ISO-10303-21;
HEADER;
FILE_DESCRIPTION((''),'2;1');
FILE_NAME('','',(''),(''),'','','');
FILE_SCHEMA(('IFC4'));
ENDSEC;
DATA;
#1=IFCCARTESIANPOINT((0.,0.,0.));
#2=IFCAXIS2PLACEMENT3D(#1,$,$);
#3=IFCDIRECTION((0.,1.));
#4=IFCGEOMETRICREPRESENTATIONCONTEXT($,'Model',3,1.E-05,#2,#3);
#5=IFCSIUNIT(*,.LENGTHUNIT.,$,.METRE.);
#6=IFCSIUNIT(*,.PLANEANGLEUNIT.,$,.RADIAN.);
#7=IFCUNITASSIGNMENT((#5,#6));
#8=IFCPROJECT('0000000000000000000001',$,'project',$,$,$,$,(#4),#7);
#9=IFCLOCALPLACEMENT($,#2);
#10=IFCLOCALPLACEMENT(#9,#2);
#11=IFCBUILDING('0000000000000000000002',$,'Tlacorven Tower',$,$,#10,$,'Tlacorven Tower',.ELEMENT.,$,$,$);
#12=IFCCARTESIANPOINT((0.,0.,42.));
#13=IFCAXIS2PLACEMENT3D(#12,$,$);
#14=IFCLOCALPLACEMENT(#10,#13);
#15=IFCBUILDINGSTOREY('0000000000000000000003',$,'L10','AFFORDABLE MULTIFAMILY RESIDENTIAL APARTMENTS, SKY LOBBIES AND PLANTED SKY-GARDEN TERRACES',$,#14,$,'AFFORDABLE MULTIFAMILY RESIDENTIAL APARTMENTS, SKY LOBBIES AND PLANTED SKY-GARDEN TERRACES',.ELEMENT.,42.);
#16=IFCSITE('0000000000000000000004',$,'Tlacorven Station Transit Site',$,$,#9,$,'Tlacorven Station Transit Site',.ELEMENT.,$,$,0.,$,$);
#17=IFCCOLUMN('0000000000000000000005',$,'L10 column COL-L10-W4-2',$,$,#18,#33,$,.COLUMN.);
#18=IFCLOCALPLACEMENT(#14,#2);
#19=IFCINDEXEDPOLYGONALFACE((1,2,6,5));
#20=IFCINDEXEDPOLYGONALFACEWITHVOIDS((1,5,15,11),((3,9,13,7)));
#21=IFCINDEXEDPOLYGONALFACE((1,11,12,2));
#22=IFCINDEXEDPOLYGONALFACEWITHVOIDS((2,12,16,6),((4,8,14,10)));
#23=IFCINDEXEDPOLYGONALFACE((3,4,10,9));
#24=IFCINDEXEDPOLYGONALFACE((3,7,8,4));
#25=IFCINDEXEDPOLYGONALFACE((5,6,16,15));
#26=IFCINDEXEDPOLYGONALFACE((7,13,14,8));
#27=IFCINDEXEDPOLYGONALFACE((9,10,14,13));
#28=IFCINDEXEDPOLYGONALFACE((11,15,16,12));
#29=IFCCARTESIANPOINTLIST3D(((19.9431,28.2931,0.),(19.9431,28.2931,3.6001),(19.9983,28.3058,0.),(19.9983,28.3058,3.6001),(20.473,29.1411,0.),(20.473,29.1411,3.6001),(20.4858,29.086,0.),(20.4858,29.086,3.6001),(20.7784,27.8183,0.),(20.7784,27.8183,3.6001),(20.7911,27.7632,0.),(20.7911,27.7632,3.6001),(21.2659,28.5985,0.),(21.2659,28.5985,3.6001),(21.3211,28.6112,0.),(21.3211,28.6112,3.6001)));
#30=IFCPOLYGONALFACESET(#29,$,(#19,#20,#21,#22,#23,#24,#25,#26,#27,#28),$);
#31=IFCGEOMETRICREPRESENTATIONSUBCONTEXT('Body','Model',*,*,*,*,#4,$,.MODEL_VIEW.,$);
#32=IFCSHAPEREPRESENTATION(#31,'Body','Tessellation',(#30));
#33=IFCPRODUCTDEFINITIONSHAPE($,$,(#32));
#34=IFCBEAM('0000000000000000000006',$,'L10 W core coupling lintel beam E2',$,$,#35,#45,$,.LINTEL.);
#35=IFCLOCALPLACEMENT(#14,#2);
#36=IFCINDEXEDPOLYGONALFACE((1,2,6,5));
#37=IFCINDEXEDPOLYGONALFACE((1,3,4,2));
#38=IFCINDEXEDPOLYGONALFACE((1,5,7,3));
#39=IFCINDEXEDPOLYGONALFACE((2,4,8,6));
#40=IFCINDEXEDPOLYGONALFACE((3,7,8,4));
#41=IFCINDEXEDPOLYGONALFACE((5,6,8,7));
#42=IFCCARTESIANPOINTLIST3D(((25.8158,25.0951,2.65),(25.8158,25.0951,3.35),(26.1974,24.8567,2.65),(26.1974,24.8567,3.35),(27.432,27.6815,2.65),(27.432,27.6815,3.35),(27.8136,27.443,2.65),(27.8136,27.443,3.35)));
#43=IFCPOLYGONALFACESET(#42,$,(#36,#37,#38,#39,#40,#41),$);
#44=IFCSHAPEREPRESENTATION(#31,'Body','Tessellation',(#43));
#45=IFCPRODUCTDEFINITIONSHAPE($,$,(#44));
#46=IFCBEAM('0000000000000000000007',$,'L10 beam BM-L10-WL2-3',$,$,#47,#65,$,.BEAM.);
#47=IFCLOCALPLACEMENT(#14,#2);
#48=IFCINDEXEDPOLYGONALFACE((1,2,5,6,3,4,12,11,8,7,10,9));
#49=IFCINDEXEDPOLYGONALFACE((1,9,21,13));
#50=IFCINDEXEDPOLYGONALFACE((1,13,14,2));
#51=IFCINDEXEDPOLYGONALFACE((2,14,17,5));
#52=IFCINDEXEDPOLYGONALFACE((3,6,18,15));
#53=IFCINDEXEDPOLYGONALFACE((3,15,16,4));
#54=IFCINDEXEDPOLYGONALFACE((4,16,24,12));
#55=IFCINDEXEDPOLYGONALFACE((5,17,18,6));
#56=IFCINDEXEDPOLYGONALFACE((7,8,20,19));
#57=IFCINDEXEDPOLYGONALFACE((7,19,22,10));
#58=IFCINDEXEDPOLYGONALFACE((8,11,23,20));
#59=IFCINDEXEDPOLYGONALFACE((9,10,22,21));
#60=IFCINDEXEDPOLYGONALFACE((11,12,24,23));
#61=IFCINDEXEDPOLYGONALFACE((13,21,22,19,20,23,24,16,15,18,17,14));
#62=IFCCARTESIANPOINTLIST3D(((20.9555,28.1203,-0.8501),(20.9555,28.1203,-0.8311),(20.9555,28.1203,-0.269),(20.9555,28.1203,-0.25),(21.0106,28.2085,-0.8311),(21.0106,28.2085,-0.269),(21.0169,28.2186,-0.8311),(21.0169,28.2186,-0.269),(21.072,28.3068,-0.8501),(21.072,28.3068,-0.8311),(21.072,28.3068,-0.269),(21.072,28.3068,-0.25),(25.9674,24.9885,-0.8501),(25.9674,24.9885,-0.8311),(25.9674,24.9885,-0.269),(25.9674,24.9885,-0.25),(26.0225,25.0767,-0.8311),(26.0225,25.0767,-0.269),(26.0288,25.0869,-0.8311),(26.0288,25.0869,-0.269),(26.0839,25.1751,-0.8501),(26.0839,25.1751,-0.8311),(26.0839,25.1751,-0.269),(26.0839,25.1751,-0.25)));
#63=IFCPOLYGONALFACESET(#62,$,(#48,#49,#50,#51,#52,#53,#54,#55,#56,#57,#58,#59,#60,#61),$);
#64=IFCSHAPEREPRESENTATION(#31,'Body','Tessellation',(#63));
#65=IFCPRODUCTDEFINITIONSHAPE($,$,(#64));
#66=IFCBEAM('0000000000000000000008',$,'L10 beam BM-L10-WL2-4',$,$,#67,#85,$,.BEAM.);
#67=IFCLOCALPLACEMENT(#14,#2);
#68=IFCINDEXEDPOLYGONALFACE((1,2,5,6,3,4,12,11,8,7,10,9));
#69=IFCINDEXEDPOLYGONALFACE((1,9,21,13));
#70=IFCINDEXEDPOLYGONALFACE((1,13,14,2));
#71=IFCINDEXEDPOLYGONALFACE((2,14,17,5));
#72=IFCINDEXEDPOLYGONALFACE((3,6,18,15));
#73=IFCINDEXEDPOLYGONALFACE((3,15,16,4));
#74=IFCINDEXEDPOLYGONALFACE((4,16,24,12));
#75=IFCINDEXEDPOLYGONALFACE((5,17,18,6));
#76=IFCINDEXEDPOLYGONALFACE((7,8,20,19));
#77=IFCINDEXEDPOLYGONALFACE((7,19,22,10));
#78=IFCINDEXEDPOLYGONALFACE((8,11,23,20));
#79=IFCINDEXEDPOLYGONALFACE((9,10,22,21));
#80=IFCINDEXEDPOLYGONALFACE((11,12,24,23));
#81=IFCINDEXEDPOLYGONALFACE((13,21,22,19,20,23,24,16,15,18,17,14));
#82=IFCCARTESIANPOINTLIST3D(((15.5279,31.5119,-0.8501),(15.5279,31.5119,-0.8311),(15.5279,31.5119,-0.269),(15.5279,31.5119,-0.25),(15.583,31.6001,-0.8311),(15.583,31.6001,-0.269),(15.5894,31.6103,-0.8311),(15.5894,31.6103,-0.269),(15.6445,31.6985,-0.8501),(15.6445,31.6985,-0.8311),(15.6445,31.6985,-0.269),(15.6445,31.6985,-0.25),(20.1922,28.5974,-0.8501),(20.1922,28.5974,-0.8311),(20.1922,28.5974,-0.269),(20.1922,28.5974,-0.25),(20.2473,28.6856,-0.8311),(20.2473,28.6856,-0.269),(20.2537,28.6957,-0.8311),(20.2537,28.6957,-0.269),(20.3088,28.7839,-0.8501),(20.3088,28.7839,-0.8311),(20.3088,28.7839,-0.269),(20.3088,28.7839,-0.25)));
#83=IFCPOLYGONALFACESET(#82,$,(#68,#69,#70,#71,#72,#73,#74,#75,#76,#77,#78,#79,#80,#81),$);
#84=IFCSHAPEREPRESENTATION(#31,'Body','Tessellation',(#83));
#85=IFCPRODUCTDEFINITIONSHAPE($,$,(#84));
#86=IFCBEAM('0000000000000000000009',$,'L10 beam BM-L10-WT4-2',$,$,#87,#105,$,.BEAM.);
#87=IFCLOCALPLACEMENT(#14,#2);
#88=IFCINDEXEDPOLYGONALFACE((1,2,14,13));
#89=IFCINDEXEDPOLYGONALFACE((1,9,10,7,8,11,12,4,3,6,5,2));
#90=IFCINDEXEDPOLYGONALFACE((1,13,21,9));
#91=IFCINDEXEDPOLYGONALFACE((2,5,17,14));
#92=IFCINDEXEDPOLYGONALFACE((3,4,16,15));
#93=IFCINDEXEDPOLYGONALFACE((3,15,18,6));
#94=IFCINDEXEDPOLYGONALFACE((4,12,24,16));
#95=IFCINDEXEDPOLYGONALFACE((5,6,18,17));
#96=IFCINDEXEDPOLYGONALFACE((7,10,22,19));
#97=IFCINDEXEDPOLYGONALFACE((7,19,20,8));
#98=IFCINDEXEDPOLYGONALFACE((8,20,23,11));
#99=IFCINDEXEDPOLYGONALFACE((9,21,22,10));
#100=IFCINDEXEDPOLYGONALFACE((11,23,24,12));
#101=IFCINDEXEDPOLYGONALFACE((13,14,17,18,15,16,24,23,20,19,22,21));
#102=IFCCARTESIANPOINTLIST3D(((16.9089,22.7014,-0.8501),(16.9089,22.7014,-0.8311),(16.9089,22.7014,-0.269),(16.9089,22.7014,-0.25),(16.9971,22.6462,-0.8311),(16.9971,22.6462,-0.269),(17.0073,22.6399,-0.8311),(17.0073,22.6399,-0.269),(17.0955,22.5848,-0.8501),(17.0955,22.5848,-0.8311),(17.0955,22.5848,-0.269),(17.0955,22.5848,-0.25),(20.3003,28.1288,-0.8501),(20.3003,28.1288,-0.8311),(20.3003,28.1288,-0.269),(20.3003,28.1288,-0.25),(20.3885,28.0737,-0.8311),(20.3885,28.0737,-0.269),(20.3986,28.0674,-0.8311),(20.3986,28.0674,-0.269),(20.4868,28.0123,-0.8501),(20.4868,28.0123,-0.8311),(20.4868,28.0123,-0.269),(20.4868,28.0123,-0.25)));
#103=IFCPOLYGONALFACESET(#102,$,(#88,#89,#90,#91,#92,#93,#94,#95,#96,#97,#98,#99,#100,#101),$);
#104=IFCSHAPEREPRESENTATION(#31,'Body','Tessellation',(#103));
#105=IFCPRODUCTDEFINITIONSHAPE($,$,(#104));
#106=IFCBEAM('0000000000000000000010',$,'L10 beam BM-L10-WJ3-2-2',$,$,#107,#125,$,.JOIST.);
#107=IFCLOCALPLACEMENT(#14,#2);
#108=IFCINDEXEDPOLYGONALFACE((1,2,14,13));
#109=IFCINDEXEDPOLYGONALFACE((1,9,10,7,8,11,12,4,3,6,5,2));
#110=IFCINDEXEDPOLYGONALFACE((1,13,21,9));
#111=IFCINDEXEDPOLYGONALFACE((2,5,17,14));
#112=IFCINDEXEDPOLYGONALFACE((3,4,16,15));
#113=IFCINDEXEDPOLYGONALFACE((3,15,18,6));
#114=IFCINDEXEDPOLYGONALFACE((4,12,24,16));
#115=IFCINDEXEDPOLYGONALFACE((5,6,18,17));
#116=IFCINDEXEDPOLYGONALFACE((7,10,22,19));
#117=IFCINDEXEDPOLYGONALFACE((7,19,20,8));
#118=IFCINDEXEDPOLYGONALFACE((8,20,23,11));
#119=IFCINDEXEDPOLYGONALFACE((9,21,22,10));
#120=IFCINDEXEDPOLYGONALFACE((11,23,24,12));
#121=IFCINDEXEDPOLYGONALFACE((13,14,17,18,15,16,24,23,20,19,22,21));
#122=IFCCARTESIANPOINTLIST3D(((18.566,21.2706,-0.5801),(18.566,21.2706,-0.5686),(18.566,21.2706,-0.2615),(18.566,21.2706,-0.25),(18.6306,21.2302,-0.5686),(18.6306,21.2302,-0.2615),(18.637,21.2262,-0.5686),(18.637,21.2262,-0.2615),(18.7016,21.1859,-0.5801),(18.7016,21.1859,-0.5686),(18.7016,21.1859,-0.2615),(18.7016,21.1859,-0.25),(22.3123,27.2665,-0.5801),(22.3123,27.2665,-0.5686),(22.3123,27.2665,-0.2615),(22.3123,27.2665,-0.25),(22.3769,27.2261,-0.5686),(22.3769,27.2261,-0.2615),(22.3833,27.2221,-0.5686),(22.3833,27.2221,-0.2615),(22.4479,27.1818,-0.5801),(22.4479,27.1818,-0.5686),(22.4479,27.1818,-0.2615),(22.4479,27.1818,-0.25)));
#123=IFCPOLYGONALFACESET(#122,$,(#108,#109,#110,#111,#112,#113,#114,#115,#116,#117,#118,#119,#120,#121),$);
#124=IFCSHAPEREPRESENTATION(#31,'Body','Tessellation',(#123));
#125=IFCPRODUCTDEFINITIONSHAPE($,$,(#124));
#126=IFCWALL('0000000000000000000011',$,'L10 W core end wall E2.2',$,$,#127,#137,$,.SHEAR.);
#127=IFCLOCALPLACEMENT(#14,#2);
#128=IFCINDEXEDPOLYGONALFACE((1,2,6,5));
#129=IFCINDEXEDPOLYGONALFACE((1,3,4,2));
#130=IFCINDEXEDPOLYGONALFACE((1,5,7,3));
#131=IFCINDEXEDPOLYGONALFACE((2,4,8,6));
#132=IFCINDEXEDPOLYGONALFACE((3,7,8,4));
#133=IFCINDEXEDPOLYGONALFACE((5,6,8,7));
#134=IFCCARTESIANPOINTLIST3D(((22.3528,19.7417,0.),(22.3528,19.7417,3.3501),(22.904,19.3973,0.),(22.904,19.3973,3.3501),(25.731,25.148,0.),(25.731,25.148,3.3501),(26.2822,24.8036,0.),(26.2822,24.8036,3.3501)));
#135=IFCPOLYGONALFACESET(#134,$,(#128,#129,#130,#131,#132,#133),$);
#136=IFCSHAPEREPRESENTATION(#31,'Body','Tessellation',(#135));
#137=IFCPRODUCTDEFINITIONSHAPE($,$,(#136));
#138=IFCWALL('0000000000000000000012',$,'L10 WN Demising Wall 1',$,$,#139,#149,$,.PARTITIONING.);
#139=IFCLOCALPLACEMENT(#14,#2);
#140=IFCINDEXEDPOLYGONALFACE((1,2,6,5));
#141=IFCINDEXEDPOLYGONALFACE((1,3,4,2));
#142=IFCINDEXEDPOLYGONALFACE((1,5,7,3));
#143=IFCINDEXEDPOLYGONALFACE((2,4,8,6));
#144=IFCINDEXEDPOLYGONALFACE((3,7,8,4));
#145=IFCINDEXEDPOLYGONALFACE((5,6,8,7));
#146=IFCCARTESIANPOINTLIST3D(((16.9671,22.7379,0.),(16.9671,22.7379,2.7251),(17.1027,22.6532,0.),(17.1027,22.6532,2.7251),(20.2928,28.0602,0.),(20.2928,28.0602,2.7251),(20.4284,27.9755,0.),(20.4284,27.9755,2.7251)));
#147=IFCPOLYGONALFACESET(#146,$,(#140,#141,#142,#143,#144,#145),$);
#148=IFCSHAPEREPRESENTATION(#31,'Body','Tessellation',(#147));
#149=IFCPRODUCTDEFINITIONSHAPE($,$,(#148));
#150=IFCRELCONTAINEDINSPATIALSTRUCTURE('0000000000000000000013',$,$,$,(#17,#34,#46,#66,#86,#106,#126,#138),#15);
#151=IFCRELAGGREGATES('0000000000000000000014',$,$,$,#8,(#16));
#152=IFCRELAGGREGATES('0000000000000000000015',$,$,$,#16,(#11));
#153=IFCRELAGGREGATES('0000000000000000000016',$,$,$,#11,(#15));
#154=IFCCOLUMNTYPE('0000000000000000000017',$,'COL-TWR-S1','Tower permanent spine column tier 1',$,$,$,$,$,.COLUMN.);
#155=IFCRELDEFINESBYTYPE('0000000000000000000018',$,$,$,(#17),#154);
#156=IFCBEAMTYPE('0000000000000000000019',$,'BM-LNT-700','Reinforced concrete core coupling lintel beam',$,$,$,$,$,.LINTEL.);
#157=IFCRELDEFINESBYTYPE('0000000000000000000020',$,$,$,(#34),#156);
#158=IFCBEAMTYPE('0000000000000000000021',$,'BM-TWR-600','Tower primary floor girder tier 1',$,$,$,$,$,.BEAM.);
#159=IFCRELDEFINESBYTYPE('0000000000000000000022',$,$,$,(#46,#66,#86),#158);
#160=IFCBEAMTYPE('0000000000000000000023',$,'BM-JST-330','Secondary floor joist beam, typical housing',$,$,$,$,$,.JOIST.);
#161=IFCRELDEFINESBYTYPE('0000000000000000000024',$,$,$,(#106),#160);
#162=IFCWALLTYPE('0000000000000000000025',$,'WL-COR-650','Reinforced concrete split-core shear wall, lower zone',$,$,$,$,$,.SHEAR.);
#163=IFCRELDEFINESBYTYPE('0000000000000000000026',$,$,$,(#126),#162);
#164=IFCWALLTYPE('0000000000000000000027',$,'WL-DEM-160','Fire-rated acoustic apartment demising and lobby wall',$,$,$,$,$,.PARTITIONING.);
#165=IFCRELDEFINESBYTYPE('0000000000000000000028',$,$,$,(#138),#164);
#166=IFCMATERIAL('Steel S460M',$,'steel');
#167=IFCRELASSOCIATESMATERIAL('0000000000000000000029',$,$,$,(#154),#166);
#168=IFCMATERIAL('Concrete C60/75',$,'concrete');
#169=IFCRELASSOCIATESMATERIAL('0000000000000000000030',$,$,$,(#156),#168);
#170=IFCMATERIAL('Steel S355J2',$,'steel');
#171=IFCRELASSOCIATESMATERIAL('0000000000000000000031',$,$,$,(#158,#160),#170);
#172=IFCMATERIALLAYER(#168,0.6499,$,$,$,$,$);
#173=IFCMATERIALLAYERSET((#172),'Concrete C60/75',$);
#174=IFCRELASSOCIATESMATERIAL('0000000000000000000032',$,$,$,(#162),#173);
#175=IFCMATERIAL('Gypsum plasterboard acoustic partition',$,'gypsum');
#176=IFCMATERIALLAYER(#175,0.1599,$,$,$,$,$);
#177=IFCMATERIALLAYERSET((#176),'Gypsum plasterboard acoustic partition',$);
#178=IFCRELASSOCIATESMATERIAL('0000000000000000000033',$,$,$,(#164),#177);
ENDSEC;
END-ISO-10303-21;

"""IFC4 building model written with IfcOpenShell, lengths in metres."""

from ifc_helpers import new_model, si_unit, direction, frame, frame_2d, origin, origin_2d, place, context, subcontext, project, spatial, rectangle, hollow_rectangle, i_section, extrude, source, transform, mapped, material, layer, layer_set, material_profile, profile_set, type_object, element, save


model = new_model("IFC4")

# Units and contexts
model_context = context("Model", 3, precision=1e-05, world=origin(), true_north=direction((0.0, 1.0)))
body_context = subcontext(model_context, "Body", "Model", "MODEL_VIEW")
ifc_project = project(units=[si_unit("LENGTHUNIT", "METRE"), si_unit("PLANEANGLEUNIT", "RADIAN")], contexts=[model_context])

# Site, building, storey
site_placement = place(None, origin())
site = spatial("IfcSite", under=ifc_project, at=site_placement, Name="Tlacorven Station Transit Site", LongName="Tlacorven Station Transit Site", CompositionType="ELEMENT", RefElevation=0.0)
building_placement = place(site_placement, origin())
building = spatial("IfcBuilding", under=site, at=building_placement, Name="Tlacorven Tower", LongName="Tlacorven Tower", CompositionType="ELEMENT")
storey_placement = place(building_placement, frame((0.0, 0.0, 42.0)))
storey = spatial("IfcBuildingStorey", under=building, at=storey_placement, Name="L10", Description="AFFORDABLE MULTIFAMILY RESIDENTIAL APARTMENTS, SKY LOBBIES AND PLANTED SKY-GARDEN TERRACES", LongName="AFFORDABLE MULTIFAMILY RESIDENTIAL APARTMENTS, SKY LOBBIES AND PLANTED SKY-GARDEN TERRACES", CompositionType="ELEMENT", Elevation=42.0)

# Column
ifc_material_1 = material(Name="Steel S460M", Category="steel")
ifc_material_profile_1 = material_profile(ifc_material_1, hollow_rectangle(XDim=1.0, YDim=1.0, WallThickness=0.04, at=origin_2d()), Name="BOX 1000X1000X40")
ifc_profile_set_1 = profile_set([ifc_material_profile_1], Name="Steel S460M")
column_type = type_object("IfcColumnType", Name="COL-TWR-S1", Description="Tower permanent spine column tier 1", PredefinedType="COLUMN", material=ifc_profile_set_1)
shared_shape_1 = source(origin(), body_context, "Body", "SweptSolid", [
    extrude(hollow_rectangle(XDim=1.0, YDim=1.0, WallThickness=0.04, at=origin_2d()), origin(), (0.0, 0.0, 1.0), 3.6001),
])
column_placement = place(storey_placement, frame((20.6321, 28.4521, 0.0), z_axis=(0.0, 0.0, 1.0), x_axis=(-0.848048, 0.529919, 0.0)))
element("IfcColumn", 1, at=column_placement, inside=storey, type_object=column_type, Name="L10 column COL-L10-W4-2", PredefinedType="COLUMN", context=body_context, shape_type="MappedRepresentation", body=[
    mapped(shared_shape_1, transform((0.0, 0.0, 0.0), scale=1.0)),
])

# Beams
ifc_material_2 = material(Name="Concrete C60/75", Category="concrete")
ifc_material_profile_2 = material_profile(ifc_material_2, rectangle(XDim=0.45, YDim=0.7, at=origin_2d()), Name="RC 450X700")
ifc_profile_set_2 = profile_set([ifc_material_profile_2], Name="Concrete C60/75")
beam_type_1 = type_object("IfcBeamType", Name="BM-LNT-700", Description="Reinforced concrete core coupling lintel beam", PredefinedType="LINTEL", material=ifc_profile_set_2)
shared_shape_2 = source(origin(), body_context, "Body", "SweptSolid", [
    extrude(rectangle(XDim=0.45, YDim=0.7, at=origin_2d()), origin(), (0.0, 0.0, 1.0), 3.0498),
])
beam_1_placement = place(storey_placement, frame((27.6228, 27.5623, 3.0), z_axis=(-0.529927, -0.848043, 0.0), x_axis=(0.848043, -0.529927, 0.0)))
element("IfcBeam", 2, at=beam_1_placement, inside=storey, type_object=beam_type_1, Name="L10 W core coupling lintel beam E2", PredefinedType="LINTEL", context=body_context, shape_type="MappedRepresentation", body=[
    mapped(shared_shape_2, transform((0.0, 0.0, 0.0), scale=1.0)),
])
ifc_material_3 = material(Name="Steel S355J2", Category="steel")
ifc_material_profile_3 = material_profile(ifc_material_3, i_section(OverallWidth=0.22, OverallDepth=0.6001, WebThickness=0.012, FlangeThickness=0.019, at=origin_2d()), Name="IPE 600")
ifc_profile_set_3 = profile_set([ifc_material_profile_3], Name="Steel S355J2")
beam_type_2 = type_object("IfcBeamType", Name="BM-TWR-600", Description="Tower primary floor girder tier 1", PredefinedType="BEAM", material=ifc_profile_set_3)
shared_shape_3 = source(origin(), body_context, "Body", "SweptSolid", [
    extrude(i_section(OverallWidth=0.22, OverallDepth=0.6001, WebThickness=0.012, FlangeThickness=0.019, at=origin_2d()), origin(), (0.0, 0.0, 1.0), 5.9099),
])
beam_2_placement = place(storey_placement, frame((26.0256, 25.0818, -0.55), z_axis=(-0.848047, 0.529921, 0.0), x_axis=(-0.529921, -0.848047, 0.0)))
element("IfcBeam", 3, at=beam_2_placement, inside=storey, type_object=beam_type_2, Name="L10 beam BM-L10-WL2-3", PredefinedType="BEAM", context=body_context, shape_type="MappedRepresentation", body=[
    mapped(shared_shape_3, transform((0.0, 0.0, 0.0), scale=1.0)),
])
shared_shape_4 = source(origin(), body_context, "Body", "SweptSolid", [
    extrude(i_section(OverallWidth=0.22, OverallDepth=0.6001, WebThickness=0.012, FlangeThickness=0.019, at=origin_2d()), origin(), (0.0, 0.0, 1.0), 5.5),
])
beam_3_placement = place(storey_placement, frame((20.2505, 28.6907, -0.55), z_axis=(-0.848051, 0.529915, 0.0), x_axis=(-0.529915, -0.848051, 0.0)))
element("IfcBeam", 4, at=beam_3_placement, inside=storey, type_object=beam_type_2, Name="L10 beam BM-L10-WL2-4", PredefinedType="BEAM", context=body_context, shape_type="MappedRepresentation", body=[
    mapped(shared_shape_4, transform((0.0, 0.0, 0.0), scale=1.0)),
])
shared_shape_5 = source(origin(), body_context, "Body", "SweptSolid", [
    extrude(i_section(OverallWidth=0.22, OverallDepth=0.6001, WebThickness=0.012, FlangeThickness=0.019, at=origin_2d()), origin(), (0.0, 0.0, 1.0), 6.3999),
])
beam_4_placement = place(storey_placement, frame((20.3936, 28.0706, -0.55), z_axis=(-0.529906, -0.848056, 0.0), x_axis=(0.848056, -0.529906, 0.0)))
element("IfcBeam", 5, at=beam_4_placement, inside=storey, type_object=beam_type_2, Name="L10 beam BM-L10-WT4-2", PredefinedType="BEAM", context=body_context, shape_type="MappedRepresentation", body=[
    mapped(shared_shape_5, transform((0.0, 0.0, 0.0), scale=1.0)),
])
ifc_material_profile_4 = material_profile(ifc_material_3, i_section(OverallWidth=0.1599, OverallDepth=0.3301, WebThickness=0.0076, FlangeThickness=0.0115, at=origin_2d()), Name="IPE 330")
ifc_profile_set_4 = profile_set([ifc_material_profile_4], Name="Steel S355J2")
beam_type_3 = type_object("IfcBeamType", Name="BM-JST-330", Description="Secondary floor joist beam, typical housing", PredefinedType="JOIST", material=ifc_profile_set_4)
shared_shape_6 = source(origin(), body_context, "Body", "SweptSolid", [
    extrude(i_section(OverallWidth=0.1599, OverallDepth=0.3301, WebThickness=0.0076, FlangeThickness=0.0115, at=origin_2d()), origin(), (0.0, 0.0, 1.0), 7.0701),
])
beam_5_placement = place(storey_placement, frame((22.3801, 27.2241, -0.415), z_axis=(-0.52989, -0.848066, 0.0), x_axis=(0.848066, -0.52989, 0.0)))
element("IfcBeam", 6, at=beam_5_placement, inside=storey, type_object=beam_type_3, Name="L10 beam BM-L10-WJ3-2-2", PredefinedType="JOIST", context=body_context, shape_type="MappedRepresentation", body=[
    mapped(shared_shape_6, transform((0.0, 0.0, 0.0), scale=1.0)),
])

# Walls
ifc_layer_1 = layer(ifc_material_2, 0.6499)
ifc_layer_set_1 = layer_set([ifc_layer_1], Name="Concrete C60/75")
wall_type_1 = type_object("IfcWallType", Name="WL-COR-650", Description="Reinforced concrete split-core shear wall, lower zone", PredefinedType="SHEAR", material=ifc_layer_set_1)
wall_1_placement = place(storey_placement, frame((26.0066, 24.9758, 0.0), z_axis=(0.0, 0.0, 1.0), x_axis=(-0.529916, -0.84805, 0.0)))
element("IfcWall", 7, at=wall_1_placement, inside=storey, type_object=wall_type_1, Name="L10 W core end wall E2.2", PredefinedType="SHEAR", context=body_context, shape_type="SweptSolid", body=[
    extrude(rectangle(XDim=6.375, YDim=0.6499, at=frame_2d((3.1875, 0.0))), origin(), (0.0, 0.0, 1.0), 3.3501),
])
ifc_material_4 = material(Name="Gypsum plasterboard acoustic partition", Category="gypsum")
ifc_layer_2 = layer(ifc_material_4, 0.1599)
ifc_layer_set_2 = layer_set([ifc_layer_2], Name="Gypsum plasterboard acoustic partition")
wall_type_2 = type_object("IfcWallType", Name="WL-DEM-160", Description="Fire-rated acoustic apartment demising and lobby wall", PredefinedType="PARTITIONING", material=ifc_layer_set_2)
wall_2_placement = place(storey_placement, frame((20.3606, 28.0178, 0.0), z_axis=(0.0, 0.0, 1.0), x_axis=(-0.529915, -0.848051, 0.0)))
element("IfcWall", 8, at=wall_2_placement, inside=storey, type_object=wall_type_2, Name="L10 WN Demising Wall 1", PredefinedType="PARTITIONING", context=body_context, shape_type="SweptSolid", body=[
    extrude(rectangle(XDim=6.2759, YDim=0.1599, at=frame_2d((3.1379, 0.0))), origin(), (0.0, 0.0, 1.0), 2.7251),
])

save(model, "model.ifc")
